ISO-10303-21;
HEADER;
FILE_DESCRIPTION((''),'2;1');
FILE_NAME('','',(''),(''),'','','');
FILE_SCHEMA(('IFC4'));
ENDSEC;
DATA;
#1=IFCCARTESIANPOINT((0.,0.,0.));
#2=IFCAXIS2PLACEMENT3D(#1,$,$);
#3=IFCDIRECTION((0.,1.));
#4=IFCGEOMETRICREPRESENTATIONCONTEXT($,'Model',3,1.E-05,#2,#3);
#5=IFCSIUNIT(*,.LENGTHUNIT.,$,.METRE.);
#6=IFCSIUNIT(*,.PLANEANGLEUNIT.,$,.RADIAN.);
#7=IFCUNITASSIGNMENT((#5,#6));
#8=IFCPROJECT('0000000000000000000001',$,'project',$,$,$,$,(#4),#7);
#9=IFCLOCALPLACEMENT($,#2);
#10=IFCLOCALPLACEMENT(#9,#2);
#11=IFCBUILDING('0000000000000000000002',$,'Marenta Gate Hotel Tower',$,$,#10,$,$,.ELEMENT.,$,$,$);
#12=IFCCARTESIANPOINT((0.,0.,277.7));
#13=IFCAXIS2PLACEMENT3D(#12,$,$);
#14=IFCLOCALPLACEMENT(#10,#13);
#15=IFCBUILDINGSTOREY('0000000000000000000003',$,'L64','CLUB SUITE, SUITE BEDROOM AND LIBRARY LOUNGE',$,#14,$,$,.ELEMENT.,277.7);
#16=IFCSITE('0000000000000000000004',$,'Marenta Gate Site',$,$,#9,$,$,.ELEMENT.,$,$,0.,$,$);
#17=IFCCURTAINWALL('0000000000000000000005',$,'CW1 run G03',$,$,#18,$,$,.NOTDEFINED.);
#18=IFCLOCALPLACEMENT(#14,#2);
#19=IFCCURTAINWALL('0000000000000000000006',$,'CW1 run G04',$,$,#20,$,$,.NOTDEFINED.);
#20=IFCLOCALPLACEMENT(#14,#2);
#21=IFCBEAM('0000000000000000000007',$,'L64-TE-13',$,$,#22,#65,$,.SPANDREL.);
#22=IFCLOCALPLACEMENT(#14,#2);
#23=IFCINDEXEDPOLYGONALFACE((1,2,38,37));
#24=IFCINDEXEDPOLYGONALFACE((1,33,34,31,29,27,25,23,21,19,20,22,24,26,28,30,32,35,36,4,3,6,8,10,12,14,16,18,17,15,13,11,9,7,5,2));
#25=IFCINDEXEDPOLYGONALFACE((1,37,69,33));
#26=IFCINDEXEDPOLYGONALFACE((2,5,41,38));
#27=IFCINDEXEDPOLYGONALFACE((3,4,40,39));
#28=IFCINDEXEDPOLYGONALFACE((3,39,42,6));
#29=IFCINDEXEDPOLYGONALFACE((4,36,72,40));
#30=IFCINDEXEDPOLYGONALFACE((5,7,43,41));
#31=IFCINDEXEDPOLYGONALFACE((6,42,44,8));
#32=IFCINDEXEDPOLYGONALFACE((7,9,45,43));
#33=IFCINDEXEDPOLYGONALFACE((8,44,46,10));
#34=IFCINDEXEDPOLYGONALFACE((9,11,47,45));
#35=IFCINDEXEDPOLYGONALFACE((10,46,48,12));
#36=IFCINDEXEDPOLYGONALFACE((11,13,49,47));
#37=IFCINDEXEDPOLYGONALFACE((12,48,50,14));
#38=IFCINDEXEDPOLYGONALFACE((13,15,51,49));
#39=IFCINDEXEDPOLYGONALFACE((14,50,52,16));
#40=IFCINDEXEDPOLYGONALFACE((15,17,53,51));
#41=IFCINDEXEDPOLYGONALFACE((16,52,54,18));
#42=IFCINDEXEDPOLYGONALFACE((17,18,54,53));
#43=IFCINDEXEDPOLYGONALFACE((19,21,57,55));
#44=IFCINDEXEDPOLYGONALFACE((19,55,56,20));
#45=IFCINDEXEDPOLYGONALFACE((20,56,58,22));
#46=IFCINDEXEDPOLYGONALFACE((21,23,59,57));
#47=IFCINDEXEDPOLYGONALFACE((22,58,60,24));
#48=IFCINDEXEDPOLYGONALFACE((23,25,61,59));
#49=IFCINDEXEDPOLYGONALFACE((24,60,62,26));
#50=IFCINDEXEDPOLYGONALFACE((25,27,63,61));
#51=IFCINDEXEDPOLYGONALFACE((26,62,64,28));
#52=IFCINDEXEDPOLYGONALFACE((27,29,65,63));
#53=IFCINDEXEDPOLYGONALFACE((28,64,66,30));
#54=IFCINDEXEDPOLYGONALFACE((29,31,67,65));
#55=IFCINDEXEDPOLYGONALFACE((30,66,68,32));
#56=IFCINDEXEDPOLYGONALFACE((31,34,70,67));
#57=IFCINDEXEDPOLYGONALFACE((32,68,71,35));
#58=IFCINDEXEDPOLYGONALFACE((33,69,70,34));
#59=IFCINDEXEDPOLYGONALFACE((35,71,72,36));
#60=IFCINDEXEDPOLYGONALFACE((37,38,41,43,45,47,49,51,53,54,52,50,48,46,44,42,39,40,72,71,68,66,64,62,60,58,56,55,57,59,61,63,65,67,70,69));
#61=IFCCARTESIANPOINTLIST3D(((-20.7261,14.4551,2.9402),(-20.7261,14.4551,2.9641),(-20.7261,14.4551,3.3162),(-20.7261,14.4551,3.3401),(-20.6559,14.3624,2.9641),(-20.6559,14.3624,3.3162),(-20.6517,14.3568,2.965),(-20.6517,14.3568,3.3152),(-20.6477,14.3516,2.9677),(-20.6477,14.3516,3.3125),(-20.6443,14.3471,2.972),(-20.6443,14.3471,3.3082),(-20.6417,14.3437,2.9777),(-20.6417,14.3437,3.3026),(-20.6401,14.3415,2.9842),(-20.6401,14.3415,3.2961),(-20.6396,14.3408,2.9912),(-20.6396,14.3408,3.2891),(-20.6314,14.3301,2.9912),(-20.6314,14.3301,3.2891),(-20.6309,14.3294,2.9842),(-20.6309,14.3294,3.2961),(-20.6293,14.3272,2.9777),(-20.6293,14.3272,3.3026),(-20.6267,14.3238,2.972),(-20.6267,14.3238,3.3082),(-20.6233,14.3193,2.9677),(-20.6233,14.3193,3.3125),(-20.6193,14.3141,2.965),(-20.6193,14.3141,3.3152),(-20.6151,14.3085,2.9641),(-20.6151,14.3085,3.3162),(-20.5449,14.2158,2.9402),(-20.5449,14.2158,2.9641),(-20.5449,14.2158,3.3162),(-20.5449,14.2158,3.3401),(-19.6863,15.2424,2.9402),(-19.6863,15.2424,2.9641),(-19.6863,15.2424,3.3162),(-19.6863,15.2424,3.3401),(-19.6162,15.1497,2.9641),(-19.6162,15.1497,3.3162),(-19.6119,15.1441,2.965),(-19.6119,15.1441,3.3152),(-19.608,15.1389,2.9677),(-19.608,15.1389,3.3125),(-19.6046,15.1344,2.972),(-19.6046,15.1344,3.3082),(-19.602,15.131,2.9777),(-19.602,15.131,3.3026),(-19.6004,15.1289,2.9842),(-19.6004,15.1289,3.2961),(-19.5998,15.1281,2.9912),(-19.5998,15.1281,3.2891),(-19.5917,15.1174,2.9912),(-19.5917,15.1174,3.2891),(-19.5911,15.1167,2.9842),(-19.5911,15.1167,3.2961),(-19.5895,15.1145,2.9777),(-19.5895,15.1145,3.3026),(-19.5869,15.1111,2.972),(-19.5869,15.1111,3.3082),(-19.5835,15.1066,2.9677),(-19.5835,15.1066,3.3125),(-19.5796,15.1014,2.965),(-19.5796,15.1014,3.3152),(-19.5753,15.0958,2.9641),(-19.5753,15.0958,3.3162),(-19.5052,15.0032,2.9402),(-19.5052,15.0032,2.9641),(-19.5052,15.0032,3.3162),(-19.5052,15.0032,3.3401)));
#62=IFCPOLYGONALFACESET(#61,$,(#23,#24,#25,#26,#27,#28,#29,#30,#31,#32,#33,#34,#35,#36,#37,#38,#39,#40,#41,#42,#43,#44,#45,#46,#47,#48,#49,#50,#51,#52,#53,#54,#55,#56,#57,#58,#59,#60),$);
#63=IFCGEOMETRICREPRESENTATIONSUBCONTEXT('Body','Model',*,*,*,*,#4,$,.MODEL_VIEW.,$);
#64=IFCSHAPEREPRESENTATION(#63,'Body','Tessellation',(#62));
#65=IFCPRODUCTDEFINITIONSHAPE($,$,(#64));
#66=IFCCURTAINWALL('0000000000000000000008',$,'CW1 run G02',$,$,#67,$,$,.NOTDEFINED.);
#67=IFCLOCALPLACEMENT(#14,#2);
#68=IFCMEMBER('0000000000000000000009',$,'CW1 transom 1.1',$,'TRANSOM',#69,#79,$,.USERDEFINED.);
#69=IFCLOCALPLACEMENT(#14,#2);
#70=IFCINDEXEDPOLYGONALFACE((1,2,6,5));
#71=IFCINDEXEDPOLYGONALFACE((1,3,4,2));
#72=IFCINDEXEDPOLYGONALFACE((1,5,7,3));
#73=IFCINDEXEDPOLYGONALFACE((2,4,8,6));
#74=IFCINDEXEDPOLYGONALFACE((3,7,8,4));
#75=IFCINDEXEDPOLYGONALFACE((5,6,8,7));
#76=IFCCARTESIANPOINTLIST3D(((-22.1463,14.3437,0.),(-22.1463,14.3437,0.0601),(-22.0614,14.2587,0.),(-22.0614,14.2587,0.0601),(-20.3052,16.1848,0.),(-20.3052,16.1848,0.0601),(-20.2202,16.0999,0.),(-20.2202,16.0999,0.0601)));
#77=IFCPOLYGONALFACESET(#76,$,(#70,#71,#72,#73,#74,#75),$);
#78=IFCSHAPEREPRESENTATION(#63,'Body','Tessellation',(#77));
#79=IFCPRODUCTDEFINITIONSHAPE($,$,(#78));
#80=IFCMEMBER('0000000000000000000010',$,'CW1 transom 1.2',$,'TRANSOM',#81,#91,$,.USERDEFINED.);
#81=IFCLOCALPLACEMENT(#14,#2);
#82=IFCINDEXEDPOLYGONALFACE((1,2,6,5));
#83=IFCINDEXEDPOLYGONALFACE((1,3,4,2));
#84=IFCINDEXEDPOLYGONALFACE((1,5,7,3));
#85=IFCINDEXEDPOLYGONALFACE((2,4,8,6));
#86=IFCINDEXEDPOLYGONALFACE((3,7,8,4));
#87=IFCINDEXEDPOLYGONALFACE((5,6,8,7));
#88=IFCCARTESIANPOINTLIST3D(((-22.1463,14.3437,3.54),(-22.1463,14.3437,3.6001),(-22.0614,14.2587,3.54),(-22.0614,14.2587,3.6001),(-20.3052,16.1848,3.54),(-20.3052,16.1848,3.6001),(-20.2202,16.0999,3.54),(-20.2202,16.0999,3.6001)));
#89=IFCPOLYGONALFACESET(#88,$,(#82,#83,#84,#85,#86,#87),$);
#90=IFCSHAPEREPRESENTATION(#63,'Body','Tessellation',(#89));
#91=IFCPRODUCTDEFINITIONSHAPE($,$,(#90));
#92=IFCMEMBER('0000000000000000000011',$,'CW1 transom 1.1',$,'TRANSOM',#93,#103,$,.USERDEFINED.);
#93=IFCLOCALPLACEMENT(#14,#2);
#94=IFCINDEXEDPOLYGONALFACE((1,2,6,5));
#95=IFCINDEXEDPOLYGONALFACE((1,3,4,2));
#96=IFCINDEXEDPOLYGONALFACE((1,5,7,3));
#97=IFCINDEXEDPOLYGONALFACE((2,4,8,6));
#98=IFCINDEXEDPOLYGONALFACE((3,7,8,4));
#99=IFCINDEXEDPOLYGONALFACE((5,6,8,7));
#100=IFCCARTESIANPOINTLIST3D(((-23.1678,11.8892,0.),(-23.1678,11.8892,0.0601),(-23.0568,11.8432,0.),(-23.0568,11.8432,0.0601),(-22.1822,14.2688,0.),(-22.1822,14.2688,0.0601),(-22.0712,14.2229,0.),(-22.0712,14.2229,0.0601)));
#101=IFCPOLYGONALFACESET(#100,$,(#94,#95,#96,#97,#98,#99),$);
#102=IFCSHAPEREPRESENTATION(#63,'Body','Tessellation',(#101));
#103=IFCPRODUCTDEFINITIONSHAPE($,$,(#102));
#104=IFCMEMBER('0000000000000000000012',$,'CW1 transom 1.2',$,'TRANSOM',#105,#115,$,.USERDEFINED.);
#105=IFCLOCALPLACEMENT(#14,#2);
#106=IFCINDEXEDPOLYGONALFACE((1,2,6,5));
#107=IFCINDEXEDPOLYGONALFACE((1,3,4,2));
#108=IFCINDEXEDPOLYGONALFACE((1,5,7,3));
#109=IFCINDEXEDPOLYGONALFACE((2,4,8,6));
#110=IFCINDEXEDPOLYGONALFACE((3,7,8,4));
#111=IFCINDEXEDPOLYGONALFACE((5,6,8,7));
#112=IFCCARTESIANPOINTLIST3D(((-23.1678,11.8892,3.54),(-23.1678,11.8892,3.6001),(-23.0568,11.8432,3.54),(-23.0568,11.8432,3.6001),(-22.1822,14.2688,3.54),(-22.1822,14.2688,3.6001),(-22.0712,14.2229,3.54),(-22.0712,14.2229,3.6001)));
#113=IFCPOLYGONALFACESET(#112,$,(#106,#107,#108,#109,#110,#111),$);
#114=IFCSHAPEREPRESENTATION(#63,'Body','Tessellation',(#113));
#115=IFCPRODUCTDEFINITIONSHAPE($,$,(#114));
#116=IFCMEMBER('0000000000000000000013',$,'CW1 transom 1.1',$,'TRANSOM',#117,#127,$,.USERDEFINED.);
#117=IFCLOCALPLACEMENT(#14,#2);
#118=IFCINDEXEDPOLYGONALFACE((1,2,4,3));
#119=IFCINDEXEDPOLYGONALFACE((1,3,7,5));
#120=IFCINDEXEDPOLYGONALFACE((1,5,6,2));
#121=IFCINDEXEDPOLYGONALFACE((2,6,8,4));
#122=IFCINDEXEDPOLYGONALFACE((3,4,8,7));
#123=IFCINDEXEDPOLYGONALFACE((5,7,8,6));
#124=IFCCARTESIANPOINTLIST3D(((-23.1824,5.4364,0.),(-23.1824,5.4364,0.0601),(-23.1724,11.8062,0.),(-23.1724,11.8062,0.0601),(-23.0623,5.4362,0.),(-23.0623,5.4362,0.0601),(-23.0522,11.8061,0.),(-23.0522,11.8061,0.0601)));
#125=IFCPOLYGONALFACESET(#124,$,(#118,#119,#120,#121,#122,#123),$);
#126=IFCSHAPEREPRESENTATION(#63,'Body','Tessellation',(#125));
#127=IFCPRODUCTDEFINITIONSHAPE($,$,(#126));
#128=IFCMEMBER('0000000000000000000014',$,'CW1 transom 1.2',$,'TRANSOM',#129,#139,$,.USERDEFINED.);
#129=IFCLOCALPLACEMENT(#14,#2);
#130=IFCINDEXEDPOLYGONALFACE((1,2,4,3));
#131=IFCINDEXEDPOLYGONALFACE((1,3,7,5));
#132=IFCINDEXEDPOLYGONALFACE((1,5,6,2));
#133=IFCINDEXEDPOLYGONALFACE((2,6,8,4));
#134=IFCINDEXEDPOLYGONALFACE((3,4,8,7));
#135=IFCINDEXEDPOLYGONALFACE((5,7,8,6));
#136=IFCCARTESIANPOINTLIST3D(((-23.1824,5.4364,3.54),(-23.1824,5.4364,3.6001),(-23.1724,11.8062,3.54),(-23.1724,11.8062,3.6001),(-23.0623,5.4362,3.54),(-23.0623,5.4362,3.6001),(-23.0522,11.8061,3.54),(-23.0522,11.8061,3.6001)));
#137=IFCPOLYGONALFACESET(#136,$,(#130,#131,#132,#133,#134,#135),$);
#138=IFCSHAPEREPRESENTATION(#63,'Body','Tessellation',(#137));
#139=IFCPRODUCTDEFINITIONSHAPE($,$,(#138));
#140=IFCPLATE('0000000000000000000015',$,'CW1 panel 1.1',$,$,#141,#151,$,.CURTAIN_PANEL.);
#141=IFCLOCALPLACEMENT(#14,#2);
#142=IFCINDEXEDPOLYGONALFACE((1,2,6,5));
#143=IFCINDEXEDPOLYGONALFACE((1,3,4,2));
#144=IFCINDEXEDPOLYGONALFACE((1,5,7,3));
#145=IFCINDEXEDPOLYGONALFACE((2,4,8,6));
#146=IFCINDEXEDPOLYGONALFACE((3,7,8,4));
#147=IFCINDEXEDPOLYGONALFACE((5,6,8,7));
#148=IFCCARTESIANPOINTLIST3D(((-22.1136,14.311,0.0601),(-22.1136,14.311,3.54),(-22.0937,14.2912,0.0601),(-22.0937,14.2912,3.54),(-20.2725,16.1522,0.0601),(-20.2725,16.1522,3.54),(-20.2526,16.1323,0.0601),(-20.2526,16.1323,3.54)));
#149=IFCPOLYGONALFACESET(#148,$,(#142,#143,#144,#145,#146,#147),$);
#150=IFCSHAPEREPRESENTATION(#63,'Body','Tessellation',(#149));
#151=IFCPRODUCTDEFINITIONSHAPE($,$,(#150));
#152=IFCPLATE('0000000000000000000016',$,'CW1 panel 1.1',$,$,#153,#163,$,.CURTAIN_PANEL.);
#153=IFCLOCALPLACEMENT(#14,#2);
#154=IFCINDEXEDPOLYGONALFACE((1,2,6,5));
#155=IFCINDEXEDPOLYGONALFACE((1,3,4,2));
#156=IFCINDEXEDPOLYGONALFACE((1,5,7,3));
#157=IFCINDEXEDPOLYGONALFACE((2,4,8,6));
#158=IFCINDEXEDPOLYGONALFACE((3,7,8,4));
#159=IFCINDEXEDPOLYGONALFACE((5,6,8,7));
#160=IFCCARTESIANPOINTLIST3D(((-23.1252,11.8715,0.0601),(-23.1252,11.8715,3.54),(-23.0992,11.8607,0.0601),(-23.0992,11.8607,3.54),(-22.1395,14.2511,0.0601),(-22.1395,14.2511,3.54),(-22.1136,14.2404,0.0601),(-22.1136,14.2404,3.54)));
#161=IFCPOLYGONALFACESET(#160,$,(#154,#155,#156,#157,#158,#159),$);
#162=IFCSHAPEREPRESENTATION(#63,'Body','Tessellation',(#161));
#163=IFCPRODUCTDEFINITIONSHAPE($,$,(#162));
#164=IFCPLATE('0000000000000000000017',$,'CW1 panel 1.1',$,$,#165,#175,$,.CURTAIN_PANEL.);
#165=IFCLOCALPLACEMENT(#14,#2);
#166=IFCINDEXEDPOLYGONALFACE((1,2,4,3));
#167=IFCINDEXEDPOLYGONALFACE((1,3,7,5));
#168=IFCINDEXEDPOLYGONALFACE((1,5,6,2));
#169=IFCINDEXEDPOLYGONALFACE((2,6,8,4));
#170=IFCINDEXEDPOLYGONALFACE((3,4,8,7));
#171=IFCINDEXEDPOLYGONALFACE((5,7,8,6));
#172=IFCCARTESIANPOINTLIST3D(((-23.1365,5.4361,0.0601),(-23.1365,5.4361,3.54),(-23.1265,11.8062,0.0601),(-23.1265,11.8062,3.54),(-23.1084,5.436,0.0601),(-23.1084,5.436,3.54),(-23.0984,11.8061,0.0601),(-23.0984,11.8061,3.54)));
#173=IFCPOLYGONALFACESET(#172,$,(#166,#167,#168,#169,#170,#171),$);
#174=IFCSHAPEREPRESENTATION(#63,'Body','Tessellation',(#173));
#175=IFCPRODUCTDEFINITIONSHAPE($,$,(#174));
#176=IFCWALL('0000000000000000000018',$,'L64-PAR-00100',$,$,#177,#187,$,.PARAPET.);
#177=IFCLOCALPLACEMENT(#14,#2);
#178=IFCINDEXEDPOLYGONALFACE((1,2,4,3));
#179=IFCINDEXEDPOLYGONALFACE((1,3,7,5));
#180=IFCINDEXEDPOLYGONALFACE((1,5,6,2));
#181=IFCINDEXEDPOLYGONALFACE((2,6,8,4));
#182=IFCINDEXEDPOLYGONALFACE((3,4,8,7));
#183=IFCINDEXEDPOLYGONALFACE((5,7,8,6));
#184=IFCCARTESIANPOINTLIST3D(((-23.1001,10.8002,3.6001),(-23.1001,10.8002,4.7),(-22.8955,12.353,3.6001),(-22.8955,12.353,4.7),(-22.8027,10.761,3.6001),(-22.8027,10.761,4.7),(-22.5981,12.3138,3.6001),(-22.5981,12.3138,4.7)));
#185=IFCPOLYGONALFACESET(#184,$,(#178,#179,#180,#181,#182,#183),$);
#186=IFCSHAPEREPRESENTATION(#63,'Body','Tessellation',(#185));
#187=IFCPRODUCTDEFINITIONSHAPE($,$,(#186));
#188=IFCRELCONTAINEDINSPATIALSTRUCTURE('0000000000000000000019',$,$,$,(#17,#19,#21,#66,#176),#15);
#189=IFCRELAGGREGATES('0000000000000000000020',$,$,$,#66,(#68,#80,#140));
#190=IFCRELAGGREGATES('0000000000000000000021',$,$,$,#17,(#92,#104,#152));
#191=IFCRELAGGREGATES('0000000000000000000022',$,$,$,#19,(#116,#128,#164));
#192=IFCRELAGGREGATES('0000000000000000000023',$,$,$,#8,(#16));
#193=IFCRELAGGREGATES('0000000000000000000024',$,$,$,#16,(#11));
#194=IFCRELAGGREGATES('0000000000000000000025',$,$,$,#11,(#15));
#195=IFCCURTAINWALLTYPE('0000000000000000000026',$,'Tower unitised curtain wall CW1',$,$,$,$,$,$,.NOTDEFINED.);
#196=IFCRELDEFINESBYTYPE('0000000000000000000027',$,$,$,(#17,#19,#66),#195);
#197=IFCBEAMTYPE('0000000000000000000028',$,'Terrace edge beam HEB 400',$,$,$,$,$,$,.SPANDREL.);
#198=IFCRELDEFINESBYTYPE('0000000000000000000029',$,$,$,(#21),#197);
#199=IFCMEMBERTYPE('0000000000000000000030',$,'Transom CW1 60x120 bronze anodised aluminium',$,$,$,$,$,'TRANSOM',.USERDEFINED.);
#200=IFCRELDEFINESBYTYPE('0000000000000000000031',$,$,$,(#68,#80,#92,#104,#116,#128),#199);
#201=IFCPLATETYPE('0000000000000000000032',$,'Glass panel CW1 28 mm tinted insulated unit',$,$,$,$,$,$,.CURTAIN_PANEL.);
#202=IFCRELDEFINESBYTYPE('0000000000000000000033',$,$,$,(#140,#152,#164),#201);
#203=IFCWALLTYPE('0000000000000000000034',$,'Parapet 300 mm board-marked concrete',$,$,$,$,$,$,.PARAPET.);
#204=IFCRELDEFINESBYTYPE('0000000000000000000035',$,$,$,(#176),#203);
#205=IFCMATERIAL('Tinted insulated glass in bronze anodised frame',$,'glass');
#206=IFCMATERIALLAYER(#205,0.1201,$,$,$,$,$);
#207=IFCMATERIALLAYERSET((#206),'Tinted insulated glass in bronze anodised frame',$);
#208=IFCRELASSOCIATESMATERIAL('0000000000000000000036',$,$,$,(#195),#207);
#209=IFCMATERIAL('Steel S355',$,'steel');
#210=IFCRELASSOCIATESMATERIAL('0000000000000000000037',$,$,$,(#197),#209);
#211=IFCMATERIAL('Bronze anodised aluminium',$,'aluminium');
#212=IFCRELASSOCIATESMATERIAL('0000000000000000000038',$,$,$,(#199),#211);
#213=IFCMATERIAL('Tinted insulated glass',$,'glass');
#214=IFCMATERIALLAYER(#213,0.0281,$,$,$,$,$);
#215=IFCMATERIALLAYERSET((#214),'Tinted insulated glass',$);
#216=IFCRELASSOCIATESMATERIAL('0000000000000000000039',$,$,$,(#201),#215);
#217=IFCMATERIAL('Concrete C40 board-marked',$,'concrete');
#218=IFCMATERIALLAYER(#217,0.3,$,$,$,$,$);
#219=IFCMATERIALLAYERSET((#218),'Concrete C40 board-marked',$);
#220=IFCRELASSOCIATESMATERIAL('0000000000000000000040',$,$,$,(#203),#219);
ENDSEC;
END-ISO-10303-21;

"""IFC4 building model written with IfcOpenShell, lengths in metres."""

from ifc_helpers import new_model, si_unit, direction, frame, frame_2d, origin, origin_2d, place, context, subcontext, project, spatial, rectangle, i_section, extrude, material, layer, layer_set, material_profile, profile_set, type_object, element, aggregate, save


model = new_model("IFC4")

# Units and contexts
model_context = context("Model", 3, precision=1e-05, world=origin(), true_north=direction((0.0, 1.0)))
body_context = subcontext(model_context, "Body", "Model", "MODEL_VIEW")
ifc_project = project(units=[si_unit("LENGTHUNIT", "METRE"), si_unit("PLANEANGLEUNIT", "RADIAN")], contexts=[model_context])

# Site, building, storey
site_placement = place(None, origin())
site = spatial("IfcSite", under=ifc_project, at=site_placement, Name="Marenta Gate Site", CompositionType="ELEMENT", RefElevation=0.0)
building_placement = place(site_placement, origin())
building = spatial("IfcBuilding", under=site, at=building_placement, Name="Marenta Gate Hotel Tower", CompositionType="ELEMENT")
storey_placement = place(building_placement, frame((0.0, 0.0, 277.7)))
storey = spatial("IfcBuildingStorey", under=building, at=storey_placement, Name="L64", Description="CLUB SUITE, SUITE BEDROOM AND LIBRARY LOUNGE", CompositionType="ELEMENT", Elevation=277.7)

# Curtain walls
ifc_material_1 = material(Name="Tinted insulated glass in bronze anodised frame", Category="glass")
ifc_layer_1 = layer(ifc_material_1, 0.1201)
ifc_layer_set_1 = layer_set([ifc_layer_1], Name="Tinted insulated glass in bronze anodised frame")
curtain_wall_type = type_object("IfcCurtainWallType", Name="Tower unitised curtain wall CW1", PredefinedType="NOTDEFINED", material=ifc_layer_set_1)
curtain_wall_1_placement = place(storey_placement, origin())
curtain_wall_1 = element("IfcCurtainWall", 1, at=curtain_wall_1_placement, inside=storey, type_object=curtain_wall_type, Name="CW1 run G03", PredefinedType="NOTDEFINED")
curtain_wall_2_placement = place(storey_placement, origin())
curtain_wall_2 = element("IfcCurtainWall", 2, at=curtain_wall_2_placement, inside=storey, type_object=curtain_wall_type, Name="CW1 run G04", PredefinedType="NOTDEFINED")

# Beam
ifc_material_2 = material(Name="Steel S355", Category="steel")
ifc_material_profile_1 = material_profile(ifc_material_2, i_section(OverallWidth=0.3, OverallDepth=0.3999, WebThickness=0.0134, FlangeThickness=0.0239, FilletRadius=0.0271, at=origin_2d()), Name="HEB 400")
ifc_profile_set_1 = profile_set([ifc_material_profile_1], Name="Steel S355")
beam_type_1 = type_object("IfcBeamType", Name="Terrace edge beam HEB 400", PredefinedType="SPANDREL", material=ifc_profile_set_1)
for number, where, z_axis, x_axis, name in (
    (3, (-20.6355, 14.3354, 3.1401), (0.797229, 0.603677, 0.0), (-0.603677, 0.797229, 0.0), "L64-TE-13"),
):
    element("IfcBeam", number, at=place(storey_placement, frame(where, z_axis=z_axis, x_axis=x_axis)), inside=storey, type_object=beam_type_1, Name=name, PredefinedType="SPANDREL", context=body_context, shape_type="SweptSolid", body=[
        extrude(i_section(OverallWidth=0.3, OverallDepth=0.3999, WebThickness=0.0134, FlangeThickness=0.0239, FilletRadius=0.0271, at=origin_2d()), origin(), (0.0, 0.0, 1.0), 1.3042),
    ])

# Curtain wall, members
curtain_wall_3_placement = place(storey_placement, origin())
curtain_wall_3 = element("IfcCurtainWall", 4, at=curtain_wall_3_placement, inside=storey, type_object=curtain_wall_type, Name="CW1 run G02", PredefinedType="NOTDEFINED")
ifc_material_3 = material(Name="Bronze anodised aluminium", Category="aluminium")
ifc_material_profile_2 = material_profile(ifc_material_3, rectangle(XDim=0.1201, YDim=0.0601, at=origin_2d()), Name="Transom CW1 60x120 bronze anodised aluminium")
ifc_profile_set_2 = profile_set([ifc_material_profile_2], Name="Bronze anodised aluminium")
member_type_1 = type_object("IfcMemberType", Name="Transom CW1 60x120 bronze anodised aluminium", ElementType="TRANSOM", PredefinedType="USERDEFINED", material=ifc_profile_set_2)
member_1_placement = place(storey_placement, frame((-20.2627, 16.1423, 0.03), z_axis=(-0.707107, -0.707107, 0.0), x_axis=(0.707107, -0.707107, 0.0)))
member_1 = element("IfcMember", 5, at=member_1_placement, type_object=member_type_1, Name="CW1 transom 1.1", ObjectType="TRANSOM", PredefinedType="USERDEFINED", context=body_context, shape_type="SweptSolid", body=[
    extrude(rectangle(XDim=0.1201, YDim=0.0601, at=origin_2d()), origin(), (0.0, 0.0, 1.0), 2.6038),
])
member_2_placement = place(storey_placement, frame((-20.2627, 16.1423, 3.5701), z_axis=(-0.707107, -0.707107, 0.0), x_axis=(0.707107, -0.707107, 0.0)))
member_2 = element("IfcMember", 6, at=member_2_placement, type_object=member_type_1, Name="CW1 transom 1.2", ObjectType="TRANSOM", PredefinedType="USERDEFINED", context=body_context, shape_type="SweptSolid", body=[
    extrude(rectangle(XDim=0.1201, YDim=0.0601, at=origin_2d()), origin(), (0.0, 0.0, 1.0), 2.6038),
])

# Members
member_3_placement = place(storey_placement, frame((-22.1267, 14.2458, 0.03), z_axis=(-0.382656, -0.923891, 0.0), x_axis=(0.923891, -0.382656, 0.0)))
member_3 = element("IfcMember", 7, at=member_3_placement, type_object=member_type_1, Name="CW1 transom 1.1", ObjectType="TRANSOM", PredefinedType="USERDEFINED", context=body_context, shape_type="SweptSolid", body=[
    extrude(rectangle(XDim=0.1201, YDim=0.0601, at=origin_2d()), origin(), (0.0, 0.0, 1.0), 2.5757),
])
member_4_placement = place(storey_placement, frame((-22.1267, 14.2458, 3.5701), z_axis=(-0.382656, -0.923891, 0.0), x_axis=(0.923891, -0.382656, 0.0)))
member_4 = element("IfcMember", 8, at=member_4_placement, type_object=member_type_1, Name="CW1 transom 1.2", ObjectType="TRANSOM", PredefinedType="USERDEFINED", context=body_context, shape_type="SweptSolid", body=[
    extrude(rectangle(XDim=0.1201, YDim=0.0601, at=origin_2d()), origin(), (0.0, 0.0, 1.0), 2.5757),
])
member_5_placement = place(storey_placement, frame((-23.1123, 11.8062, 0.03), z_axis=(-0.001571, -0.999999, 0.0), x_axis=(0.999999, -0.001571, 0.0)))
member_5 = element("IfcMember", 9, at=member_5_placement, type_object=member_type_1, Name="CW1 transom 1.1", ObjectType="TRANSOM", PredefinedType="USERDEFINED", context=body_context, shape_type="SweptSolid", body=[
    extrude(rectangle(XDim=0.1201, YDim=0.0601, at=origin_2d()), origin(), (0.0, 0.0, 1.0), 6.3699),
])
member_6_placement = place(storey_placement, frame((-23.1123, 11.8062, 3.5701), z_axis=(-0.001571, -0.999999, 0.0), x_axis=(0.999999, -0.001571, 0.0)))
member_6 = element("IfcMember", 10, at=member_6_placement, type_object=member_type_1, Name="CW1 transom 1.2", ObjectType="TRANSOM", PredefinedType="USERDEFINED", context=body_context, shape_type="SweptSolid", body=[
    extrude(rectangle(XDim=0.1201, YDim=0.0601, at=origin_2d()), origin(), (0.0, 0.0, 1.0), 6.3699),
])

# Plates
ifc_material_4 = material(Name="Tinted insulated glass", Category="glass")
ifc_layer_2 = layer(ifc_material_4, 0.0281)
ifc_layer_set_2 = layer_set([ifc_layer_2], Name="Tinted insulated glass")
plate_type = type_object("IfcPlateType", Name="Glass panel CW1 28 mm tinted insulated unit", PredefinedType="CURTAIN_PANEL", material=ifc_layer_set_2)
plate_1_placement = place(storey_placement, frame((-21.1831, 15.2217, 0.0601), z_axis=(0.0, 0.0, 1.0), x_axis=(-0.707107, -0.707107, 0.0)))
plate_1 = element("IfcPlate", 11, at=plate_1_placement, type_object=plate_type, Name="CW1 panel 1.1", PredefinedType="CURTAIN_PANEL", context=body_context, shape_type="SweptSolid", body=[
    extrude(rectangle(XDim=2.6038, YDim=0.0281, at=origin_2d()), origin(), (0.0, 0.0, 1.0), 3.48),
])
aggregate(curtain_wall_3, [member_1, member_2, plate_1])
plate_2_placement = place(storey_placement, frame((-22.6194, 13.0559, 0.0601), z_axis=(0.0, 0.0, 1.0), x_axis=(-0.382667, -0.923886, 0.0)))
plate_2 = element("IfcPlate", 12, at=plate_2_placement, type_object=plate_type, Name="CW1 panel 1.1", PredefinedType="CURTAIN_PANEL", context=body_context, shape_type="SweptSolid", body=[
    extrude(rectangle(XDim=2.5757, YDim=0.0281, at=origin_2d()), origin(), (0.0, 0.0, 1.0), 3.48),
])
aggregate(curtain_wall_1, [member_3, member_4, plate_2])
plate_3_placement = place(storey_placement, frame((-23.1174, 8.6211, 0.0601), z_axis=(0.0, 0.0, 1.0), x_axis=(-0.001566, -0.999999, 0.0)))
plate_3 = element("IfcPlate", 13, at=plate_3_placement, type_object=plate_type, Name="CW1 panel 1.1", PredefinedType="CURTAIN_PANEL", context=body_context, shape_type="SweptSolid", body=[
    extrude(rectangle(XDim=6.3701, YDim=0.0281, at=origin_2d()), origin(), (0.0, 0.0, 1.0), 3.48),
])
aggregate(curtain_wall_2, [member_5, member_6, plate_3])

# Wall
ifc_material_5 = material(Name="Concrete C40 board-marked", Category="concrete")
ifc_layer_3 = layer(ifc_material_5, 0.3)
ifc_layer_set_3 = layer_set([ifc_layer_3], Name="Concrete C40 board-marked")
wall_type_1 = type_object("IfcWallType", Name="Parapet 300 mm board-marked concrete", PredefinedType="PARAPET", material=ifc_layer_set_3)
wall_1_placement = place(storey_placement, frame((-22.9514, 10.7805, 3.6001), z_axis=(0.0, 0.0, 1.0), x_axis=(0.130632, 0.991431, 0.0)))
element("IfcWall", 14, at=wall_1_placement, inside=storey, type_object=wall_type_1, Name="L64-PAR-00100", PredefinedType="PARAPET", context=body_context, shape_type="SweptSolid", body=[
    extrude(rectangle(XDim=1.5662, YDim=0.3, at=frame_2d((0.7832, 0.0))), origin(), (0.0, 0.0, 1.0), 1.0999),
])

save(model, "model.ifc")
